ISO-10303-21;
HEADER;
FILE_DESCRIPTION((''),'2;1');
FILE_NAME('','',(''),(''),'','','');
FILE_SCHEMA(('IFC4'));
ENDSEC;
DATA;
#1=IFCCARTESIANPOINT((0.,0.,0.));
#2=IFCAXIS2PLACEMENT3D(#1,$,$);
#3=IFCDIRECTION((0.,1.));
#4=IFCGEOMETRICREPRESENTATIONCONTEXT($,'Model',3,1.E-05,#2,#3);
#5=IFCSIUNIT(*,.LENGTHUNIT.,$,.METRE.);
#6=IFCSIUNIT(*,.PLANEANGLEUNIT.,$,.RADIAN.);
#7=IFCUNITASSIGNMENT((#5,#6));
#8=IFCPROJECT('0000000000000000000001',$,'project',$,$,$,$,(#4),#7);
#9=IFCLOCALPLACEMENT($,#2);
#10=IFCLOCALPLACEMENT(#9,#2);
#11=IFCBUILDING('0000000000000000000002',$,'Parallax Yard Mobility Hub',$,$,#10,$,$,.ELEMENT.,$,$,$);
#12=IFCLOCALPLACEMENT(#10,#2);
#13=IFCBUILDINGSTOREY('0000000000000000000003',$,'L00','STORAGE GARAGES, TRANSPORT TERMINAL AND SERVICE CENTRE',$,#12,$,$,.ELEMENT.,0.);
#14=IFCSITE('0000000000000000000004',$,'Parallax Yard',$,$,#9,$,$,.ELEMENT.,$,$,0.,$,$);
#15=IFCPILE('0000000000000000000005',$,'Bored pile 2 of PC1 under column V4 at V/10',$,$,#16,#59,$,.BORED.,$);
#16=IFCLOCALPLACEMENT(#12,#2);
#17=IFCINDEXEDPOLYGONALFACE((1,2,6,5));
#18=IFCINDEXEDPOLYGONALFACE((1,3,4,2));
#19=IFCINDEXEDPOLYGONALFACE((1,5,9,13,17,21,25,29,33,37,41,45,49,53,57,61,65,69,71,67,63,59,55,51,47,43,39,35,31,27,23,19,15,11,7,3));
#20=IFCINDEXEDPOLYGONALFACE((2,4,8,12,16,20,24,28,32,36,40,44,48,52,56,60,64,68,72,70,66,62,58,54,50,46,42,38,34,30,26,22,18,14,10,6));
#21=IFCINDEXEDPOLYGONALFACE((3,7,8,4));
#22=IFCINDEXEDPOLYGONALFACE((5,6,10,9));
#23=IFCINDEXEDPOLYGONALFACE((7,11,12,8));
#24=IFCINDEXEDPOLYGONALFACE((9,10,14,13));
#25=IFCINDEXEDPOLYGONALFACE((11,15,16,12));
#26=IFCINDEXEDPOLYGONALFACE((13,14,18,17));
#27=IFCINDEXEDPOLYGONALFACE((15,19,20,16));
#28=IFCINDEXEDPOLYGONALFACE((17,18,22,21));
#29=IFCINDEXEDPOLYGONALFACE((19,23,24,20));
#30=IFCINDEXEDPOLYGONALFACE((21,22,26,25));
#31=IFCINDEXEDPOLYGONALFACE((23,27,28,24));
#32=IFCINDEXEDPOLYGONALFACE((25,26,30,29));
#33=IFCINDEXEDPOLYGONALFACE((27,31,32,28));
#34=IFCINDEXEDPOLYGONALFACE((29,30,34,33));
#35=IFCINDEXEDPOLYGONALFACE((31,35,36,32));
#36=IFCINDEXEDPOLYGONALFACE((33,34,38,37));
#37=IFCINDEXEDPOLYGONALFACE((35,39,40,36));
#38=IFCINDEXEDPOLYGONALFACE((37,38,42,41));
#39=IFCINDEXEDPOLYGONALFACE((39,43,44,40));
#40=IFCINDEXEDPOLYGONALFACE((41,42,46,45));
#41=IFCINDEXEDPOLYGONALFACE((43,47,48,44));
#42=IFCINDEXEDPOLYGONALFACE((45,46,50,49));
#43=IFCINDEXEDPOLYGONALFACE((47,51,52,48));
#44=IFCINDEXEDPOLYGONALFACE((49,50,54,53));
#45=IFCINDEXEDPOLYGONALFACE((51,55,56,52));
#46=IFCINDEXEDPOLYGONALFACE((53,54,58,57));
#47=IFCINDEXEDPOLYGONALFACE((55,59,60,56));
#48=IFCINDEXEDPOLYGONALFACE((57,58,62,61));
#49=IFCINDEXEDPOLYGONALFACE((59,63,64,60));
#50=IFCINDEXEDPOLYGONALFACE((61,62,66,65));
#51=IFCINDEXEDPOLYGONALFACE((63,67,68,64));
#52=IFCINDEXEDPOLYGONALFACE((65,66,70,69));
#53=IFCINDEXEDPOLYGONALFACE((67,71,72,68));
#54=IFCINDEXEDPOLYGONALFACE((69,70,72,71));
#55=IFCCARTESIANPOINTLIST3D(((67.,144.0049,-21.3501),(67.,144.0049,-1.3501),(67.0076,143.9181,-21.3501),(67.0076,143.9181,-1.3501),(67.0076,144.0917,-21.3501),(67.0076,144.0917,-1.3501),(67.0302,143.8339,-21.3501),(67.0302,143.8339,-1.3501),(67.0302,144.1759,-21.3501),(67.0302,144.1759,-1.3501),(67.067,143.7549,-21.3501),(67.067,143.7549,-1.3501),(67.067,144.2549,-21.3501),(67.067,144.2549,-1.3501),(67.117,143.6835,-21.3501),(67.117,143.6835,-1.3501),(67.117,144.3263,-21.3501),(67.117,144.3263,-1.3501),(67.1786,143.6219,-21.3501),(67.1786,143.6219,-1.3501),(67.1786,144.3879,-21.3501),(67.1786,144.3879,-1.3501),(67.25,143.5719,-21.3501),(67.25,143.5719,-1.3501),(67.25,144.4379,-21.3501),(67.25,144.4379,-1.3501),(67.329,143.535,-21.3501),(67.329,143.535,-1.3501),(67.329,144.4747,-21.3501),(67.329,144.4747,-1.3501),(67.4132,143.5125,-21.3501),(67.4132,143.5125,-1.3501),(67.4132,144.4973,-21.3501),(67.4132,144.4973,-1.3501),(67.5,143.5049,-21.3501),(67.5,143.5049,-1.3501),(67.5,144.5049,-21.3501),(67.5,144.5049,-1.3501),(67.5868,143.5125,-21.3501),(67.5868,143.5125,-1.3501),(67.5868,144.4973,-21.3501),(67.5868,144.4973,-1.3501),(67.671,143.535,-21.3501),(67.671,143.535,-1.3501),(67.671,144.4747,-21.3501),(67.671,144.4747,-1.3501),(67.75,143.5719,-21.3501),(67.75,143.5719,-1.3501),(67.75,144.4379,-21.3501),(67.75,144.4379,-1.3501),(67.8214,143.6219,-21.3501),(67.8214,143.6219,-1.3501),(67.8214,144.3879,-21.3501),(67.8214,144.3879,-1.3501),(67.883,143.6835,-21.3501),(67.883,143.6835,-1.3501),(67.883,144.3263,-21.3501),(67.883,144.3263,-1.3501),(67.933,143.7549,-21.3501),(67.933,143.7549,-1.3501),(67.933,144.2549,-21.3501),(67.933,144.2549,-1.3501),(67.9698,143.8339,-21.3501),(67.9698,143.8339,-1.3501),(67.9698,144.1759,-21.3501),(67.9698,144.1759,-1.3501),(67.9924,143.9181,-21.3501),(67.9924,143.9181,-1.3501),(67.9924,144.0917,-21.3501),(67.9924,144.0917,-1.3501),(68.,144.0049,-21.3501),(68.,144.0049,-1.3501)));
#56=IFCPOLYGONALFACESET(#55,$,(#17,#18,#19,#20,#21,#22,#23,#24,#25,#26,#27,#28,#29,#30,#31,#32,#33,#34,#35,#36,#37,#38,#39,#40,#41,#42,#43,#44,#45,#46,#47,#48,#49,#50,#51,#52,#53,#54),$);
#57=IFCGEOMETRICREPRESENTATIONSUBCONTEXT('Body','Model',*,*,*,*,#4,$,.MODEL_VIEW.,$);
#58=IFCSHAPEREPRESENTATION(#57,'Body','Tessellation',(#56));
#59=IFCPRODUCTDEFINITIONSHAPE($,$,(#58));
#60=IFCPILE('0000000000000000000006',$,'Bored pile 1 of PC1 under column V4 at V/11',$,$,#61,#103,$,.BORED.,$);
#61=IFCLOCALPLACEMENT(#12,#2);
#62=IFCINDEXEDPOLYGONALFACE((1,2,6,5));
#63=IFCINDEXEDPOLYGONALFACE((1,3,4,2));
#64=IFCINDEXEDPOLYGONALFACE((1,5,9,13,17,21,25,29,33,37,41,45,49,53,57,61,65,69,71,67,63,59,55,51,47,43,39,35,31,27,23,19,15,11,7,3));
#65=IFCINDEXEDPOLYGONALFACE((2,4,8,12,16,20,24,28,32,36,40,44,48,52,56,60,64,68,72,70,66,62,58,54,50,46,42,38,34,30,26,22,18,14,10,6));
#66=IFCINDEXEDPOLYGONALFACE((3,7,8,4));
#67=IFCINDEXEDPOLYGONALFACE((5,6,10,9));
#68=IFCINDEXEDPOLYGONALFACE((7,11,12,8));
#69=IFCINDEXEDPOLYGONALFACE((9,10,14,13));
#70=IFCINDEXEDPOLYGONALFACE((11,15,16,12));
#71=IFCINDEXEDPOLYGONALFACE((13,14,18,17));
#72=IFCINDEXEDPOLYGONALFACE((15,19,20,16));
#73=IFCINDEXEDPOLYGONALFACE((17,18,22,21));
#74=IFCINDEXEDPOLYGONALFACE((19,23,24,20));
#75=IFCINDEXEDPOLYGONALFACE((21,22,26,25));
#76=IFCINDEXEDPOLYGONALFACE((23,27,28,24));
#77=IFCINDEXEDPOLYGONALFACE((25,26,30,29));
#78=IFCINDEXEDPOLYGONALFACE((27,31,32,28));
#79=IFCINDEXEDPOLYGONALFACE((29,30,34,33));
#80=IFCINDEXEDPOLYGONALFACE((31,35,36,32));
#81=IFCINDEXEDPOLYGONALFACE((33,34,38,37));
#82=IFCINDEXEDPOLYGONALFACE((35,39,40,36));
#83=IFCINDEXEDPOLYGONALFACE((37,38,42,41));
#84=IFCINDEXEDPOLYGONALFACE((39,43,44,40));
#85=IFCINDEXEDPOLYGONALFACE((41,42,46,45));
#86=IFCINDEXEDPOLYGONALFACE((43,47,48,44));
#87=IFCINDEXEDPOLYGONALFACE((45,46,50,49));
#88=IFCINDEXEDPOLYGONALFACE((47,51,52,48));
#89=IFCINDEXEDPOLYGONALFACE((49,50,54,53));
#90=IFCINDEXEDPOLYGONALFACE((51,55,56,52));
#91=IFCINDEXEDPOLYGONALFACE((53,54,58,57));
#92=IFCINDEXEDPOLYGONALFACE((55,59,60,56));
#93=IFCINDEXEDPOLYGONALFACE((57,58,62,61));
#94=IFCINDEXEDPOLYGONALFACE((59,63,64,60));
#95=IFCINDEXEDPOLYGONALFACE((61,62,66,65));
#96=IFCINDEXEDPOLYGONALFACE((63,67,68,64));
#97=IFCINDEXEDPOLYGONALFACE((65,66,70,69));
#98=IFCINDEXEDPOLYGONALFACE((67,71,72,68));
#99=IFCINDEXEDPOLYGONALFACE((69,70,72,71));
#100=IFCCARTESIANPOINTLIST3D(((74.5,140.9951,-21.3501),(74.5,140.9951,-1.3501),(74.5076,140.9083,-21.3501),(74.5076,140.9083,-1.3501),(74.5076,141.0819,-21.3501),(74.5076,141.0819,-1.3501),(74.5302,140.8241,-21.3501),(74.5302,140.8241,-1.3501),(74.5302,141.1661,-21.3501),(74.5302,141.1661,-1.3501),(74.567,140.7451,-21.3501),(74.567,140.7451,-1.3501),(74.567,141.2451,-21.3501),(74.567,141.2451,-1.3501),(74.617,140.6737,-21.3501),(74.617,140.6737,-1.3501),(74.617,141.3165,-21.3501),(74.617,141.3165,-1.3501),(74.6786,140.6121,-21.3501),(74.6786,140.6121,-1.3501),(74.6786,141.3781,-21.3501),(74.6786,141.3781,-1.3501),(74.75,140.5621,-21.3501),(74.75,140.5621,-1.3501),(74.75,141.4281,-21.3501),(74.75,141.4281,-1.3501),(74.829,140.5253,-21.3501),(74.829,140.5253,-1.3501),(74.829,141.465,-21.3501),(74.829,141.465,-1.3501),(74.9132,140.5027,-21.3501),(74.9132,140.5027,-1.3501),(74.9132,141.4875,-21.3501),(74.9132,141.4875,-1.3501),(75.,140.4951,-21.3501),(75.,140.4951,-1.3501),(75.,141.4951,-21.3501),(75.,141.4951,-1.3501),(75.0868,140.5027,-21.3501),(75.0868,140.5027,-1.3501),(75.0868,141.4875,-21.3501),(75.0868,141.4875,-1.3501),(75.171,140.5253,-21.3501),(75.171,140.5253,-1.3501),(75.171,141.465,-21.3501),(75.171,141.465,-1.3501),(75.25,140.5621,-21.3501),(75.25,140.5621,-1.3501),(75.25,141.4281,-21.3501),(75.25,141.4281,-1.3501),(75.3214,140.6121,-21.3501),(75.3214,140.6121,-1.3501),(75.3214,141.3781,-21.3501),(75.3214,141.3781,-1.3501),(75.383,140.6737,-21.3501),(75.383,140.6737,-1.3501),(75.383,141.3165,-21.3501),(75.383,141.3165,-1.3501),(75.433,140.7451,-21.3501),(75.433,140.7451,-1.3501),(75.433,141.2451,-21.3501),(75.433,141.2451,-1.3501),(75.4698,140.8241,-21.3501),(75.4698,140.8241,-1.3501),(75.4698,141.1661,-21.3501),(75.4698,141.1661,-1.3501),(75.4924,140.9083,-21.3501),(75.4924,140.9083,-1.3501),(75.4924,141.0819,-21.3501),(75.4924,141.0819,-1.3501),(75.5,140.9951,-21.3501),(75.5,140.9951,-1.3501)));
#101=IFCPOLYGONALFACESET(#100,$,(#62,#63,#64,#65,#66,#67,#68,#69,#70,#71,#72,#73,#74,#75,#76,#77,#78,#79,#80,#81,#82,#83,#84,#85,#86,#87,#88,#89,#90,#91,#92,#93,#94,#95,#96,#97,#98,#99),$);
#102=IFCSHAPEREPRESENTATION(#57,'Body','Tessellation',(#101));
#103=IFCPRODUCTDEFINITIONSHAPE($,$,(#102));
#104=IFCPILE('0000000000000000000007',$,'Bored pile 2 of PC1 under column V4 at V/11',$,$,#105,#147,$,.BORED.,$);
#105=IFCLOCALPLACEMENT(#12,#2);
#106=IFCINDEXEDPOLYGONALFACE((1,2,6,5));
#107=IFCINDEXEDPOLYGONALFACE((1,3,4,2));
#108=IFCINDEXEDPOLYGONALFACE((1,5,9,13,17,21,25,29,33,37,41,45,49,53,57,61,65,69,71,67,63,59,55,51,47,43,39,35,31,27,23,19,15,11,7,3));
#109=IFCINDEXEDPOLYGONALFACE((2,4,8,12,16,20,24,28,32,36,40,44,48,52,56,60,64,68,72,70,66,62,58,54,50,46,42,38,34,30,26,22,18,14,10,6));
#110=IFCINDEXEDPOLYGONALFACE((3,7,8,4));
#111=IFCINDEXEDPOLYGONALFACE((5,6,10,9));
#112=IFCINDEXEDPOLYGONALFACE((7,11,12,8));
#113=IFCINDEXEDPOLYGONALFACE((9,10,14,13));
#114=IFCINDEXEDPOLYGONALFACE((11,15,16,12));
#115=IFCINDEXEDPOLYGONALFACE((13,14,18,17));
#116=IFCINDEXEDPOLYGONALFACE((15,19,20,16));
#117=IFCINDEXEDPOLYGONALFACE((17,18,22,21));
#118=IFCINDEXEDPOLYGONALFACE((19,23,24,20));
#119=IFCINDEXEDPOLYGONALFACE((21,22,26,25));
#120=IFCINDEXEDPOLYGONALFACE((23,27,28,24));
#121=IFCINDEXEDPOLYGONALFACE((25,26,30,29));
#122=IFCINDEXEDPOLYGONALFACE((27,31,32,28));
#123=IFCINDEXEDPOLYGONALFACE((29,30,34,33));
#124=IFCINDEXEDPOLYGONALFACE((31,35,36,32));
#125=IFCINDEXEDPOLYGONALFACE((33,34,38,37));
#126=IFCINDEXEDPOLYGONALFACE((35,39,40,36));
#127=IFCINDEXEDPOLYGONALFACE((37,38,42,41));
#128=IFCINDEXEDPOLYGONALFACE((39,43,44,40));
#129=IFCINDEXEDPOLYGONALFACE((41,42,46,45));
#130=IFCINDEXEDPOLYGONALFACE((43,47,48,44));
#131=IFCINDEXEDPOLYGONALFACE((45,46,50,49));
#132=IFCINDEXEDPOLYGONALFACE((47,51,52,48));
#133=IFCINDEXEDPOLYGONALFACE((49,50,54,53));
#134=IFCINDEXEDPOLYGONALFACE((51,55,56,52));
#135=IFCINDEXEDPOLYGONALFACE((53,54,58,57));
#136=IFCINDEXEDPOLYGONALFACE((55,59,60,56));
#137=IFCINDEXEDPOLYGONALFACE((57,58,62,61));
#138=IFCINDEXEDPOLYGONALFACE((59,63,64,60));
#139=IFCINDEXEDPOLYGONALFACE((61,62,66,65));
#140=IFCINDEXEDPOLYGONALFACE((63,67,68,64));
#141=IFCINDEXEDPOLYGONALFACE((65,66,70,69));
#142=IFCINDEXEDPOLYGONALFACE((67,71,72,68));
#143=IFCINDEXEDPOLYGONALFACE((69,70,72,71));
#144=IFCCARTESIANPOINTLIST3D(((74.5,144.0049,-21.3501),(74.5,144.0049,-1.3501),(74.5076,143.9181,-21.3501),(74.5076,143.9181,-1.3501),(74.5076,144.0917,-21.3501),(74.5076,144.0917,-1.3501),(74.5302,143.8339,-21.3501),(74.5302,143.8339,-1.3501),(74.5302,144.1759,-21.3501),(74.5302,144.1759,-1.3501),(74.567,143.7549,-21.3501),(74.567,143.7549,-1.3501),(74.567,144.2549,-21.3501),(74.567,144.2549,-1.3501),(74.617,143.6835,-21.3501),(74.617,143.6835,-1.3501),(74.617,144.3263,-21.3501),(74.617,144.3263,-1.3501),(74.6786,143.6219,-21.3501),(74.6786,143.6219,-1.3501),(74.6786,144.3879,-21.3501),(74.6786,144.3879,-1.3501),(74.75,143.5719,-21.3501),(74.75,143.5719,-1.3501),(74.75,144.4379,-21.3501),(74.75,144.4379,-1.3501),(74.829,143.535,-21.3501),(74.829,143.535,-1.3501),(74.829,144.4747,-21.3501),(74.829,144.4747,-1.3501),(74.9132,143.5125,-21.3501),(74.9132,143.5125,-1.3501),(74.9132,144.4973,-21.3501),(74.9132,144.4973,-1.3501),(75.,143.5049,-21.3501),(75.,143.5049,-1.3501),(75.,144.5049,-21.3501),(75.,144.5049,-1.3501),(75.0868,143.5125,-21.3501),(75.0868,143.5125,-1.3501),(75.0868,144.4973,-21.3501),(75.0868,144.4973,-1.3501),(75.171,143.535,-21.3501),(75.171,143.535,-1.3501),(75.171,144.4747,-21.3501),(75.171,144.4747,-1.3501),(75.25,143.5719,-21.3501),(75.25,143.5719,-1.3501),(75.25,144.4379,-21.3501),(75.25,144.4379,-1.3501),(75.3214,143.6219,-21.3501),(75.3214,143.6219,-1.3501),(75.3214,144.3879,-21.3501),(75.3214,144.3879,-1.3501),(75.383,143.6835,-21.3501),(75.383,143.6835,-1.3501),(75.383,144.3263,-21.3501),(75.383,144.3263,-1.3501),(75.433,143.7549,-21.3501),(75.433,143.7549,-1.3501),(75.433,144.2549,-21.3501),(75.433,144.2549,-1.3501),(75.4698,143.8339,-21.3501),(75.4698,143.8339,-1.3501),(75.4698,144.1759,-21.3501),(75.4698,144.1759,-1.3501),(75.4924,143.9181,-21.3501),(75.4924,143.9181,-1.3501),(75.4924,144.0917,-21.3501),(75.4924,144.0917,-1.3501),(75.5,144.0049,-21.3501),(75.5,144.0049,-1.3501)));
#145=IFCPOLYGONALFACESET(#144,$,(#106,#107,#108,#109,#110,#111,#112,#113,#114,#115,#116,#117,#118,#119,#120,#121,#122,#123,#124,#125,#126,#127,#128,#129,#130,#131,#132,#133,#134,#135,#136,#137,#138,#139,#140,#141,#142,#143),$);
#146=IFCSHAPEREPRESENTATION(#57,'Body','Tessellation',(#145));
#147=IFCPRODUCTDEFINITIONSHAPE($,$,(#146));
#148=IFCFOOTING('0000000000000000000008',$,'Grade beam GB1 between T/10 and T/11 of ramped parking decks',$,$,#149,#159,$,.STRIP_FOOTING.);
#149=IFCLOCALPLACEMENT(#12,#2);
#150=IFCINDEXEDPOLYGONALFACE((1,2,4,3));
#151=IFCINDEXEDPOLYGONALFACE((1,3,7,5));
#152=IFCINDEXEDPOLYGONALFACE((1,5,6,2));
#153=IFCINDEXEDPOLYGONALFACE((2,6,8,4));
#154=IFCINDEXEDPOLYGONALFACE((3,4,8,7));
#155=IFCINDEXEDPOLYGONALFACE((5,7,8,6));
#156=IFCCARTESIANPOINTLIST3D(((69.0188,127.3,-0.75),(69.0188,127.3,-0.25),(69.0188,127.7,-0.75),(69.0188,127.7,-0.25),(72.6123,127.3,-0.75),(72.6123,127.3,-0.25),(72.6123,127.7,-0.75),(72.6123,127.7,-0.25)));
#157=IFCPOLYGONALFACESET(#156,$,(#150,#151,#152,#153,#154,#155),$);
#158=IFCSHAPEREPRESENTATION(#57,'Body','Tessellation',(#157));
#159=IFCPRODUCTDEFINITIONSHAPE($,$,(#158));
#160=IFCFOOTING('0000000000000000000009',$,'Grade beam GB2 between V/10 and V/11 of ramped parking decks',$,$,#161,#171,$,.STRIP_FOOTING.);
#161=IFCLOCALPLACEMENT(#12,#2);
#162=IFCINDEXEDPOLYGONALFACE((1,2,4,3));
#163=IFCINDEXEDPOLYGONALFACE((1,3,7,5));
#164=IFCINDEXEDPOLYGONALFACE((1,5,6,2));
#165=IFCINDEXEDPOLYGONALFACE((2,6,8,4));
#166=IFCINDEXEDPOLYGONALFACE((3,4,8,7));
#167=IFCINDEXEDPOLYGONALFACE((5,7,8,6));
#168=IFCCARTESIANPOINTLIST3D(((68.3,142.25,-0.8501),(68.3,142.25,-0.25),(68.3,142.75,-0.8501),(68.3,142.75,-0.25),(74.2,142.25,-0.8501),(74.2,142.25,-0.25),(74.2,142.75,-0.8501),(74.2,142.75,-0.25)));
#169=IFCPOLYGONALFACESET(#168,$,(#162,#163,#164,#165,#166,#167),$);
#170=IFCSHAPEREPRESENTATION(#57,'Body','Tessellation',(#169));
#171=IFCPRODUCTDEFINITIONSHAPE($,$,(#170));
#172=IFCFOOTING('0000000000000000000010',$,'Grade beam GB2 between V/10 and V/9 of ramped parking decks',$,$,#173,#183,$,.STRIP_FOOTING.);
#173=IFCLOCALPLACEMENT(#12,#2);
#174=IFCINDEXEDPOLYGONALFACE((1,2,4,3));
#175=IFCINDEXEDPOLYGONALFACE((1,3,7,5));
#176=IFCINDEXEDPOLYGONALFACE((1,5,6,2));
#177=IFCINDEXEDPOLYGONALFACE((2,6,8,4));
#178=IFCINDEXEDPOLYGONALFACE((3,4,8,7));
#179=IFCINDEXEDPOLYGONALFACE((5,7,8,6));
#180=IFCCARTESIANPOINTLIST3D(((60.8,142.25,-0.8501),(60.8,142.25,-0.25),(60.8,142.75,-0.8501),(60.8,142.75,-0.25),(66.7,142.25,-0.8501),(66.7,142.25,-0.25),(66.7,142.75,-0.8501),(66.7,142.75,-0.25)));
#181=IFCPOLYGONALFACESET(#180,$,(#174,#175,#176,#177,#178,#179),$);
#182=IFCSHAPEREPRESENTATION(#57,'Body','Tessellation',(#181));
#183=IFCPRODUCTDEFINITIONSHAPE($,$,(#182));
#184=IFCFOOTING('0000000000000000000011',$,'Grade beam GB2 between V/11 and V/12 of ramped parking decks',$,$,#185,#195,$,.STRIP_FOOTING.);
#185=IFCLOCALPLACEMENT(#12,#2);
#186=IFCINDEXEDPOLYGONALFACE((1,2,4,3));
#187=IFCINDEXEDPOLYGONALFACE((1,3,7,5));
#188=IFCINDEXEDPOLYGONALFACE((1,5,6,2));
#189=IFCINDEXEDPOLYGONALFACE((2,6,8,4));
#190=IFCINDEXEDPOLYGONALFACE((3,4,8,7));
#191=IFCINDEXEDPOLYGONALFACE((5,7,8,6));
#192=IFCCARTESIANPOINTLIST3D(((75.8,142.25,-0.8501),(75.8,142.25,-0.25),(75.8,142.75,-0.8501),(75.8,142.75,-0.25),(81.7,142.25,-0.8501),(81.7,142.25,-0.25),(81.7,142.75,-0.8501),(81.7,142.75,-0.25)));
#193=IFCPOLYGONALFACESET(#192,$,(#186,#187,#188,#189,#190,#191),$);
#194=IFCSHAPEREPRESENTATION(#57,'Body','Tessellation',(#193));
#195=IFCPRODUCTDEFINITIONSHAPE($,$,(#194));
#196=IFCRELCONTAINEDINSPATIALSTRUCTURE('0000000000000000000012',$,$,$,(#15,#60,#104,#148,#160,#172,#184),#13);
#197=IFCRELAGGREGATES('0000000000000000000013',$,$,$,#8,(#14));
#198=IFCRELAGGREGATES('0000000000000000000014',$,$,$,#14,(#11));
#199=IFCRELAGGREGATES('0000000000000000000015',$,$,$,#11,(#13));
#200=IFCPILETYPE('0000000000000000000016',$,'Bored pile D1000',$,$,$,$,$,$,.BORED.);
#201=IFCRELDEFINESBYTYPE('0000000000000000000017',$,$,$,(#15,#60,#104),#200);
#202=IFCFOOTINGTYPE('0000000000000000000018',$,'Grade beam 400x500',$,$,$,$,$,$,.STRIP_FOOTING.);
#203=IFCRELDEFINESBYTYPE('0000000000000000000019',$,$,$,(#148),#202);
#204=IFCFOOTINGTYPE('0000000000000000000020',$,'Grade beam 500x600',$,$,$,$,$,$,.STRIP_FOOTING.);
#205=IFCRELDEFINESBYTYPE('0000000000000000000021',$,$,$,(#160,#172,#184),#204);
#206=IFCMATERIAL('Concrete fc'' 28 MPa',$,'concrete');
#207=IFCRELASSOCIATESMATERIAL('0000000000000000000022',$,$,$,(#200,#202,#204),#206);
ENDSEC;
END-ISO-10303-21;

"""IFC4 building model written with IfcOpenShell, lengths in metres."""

from ifc_helpers import new_model, si_unit, direction, frame, origin, origin_2d, place, context, subcontext, project, spatial, rectangle, circle, extrude, material, material_profile, profile_set, type_object, element, save


model = new_model("IFC4")

# Units and contexts
model_context = context("Model", 3, precision=1e-05, world=origin(), true_north=direction((0.0, 1.0)))
body_context = subcontext(model_context, "Body", "Model", "MODEL_VIEW")
ifc_project = project(units=[si_unit("LENGTHUNIT", "METRE"), si_unit("PLANEANGLEUNIT", "RADIAN")], contexts=[model_context])

# Site, building, storey
site_placement = place(None, origin())
site = spatial("IfcSite", under=ifc_project, at=site_placement, Name="Parallax Yard", CompositionType="ELEMENT", RefElevation=0.0)
building_placement = place(site_placement, origin())
building = spatial("IfcBuilding", under=site, at=building_placement, Name="Parallax Yard Mobility Hub", CompositionType="ELEMENT")
storey_placement = place(building_placement, origin())
storey = spatial("IfcBuildingStorey", under=building, at=storey_placement, Name="L00", Description="STORAGE GARAGES, TRANSPORT TERMINAL AND SERVICE CENTRE", CompositionType="ELEMENT", Elevation=0.0)

# Piles
ifc_material_1 = material(Name="Concrete fc' 28 MPa", Category="concrete")
ifc_material_profile_1 = material_profile(ifc_material_1, circle(Radius=0.5, at=origin_2d()), Name="Bored pile D1000")
ifc_profile_set_1 = profile_set([ifc_material_profile_1], Name="Concrete fc' 28 MPa")
pile_type = type_object("IfcPileType", Name="Bored pile D1000", PredefinedType="BORED", material=ifc_profile_set_1)
for number, where, z_axis, x_axis, name in (
    (1, (67.5, 144.0049, -1.3501), (0.0, 0.0, -1.0), (1.0, 0.0, 0.0), "Bored pile 2 of PC1 under column V4 at V/10"),
    (2, (75.0, 140.9951, -1.3501), (0.0, 0.0, -1.0), (1.0, 0.0, 0.0), "Bored pile 1 of PC1 under column V4 at V/11"),
    (3, (75.0, 144.0049, -1.3501), (0.0, 0.0, -1.0), (1.0, 0.0, 0.0), "Bored pile 2 of PC1 under column V4 at V/11"),
):
    element("IfcPile", number, at=place(storey_placement, frame(where, z_axis=z_axis, x_axis=x_axis)), inside=storey, type_object=pile_type, Name=name, PredefinedType="BORED", context=body_context, shape_type="SweptSolid", body=[
        extrude(circle(Radius=0.5, at=origin_2d()), origin(), (0.0, 0.0, 1.0), 20.0),
    ])

# Footings
ifc_material_profile_2 = material_profile(ifc_material_1, rectangle(XDim=0.3999, YDim=0.5, at=origin_2d()), Name="Grade beam 400x500")
ifc_profile_set_2 = profile_set([ifc_material_profile_2], Name="Concrete fc' 28 MPa")
footing_type_1 = type_object("IfcFootingType", Name="Grade beam 400x500", PredefinedType="STRIP_FOOTING", material=ifc_profile_set_2)
footing_placement = place(storey_placement, frame((69.0188, 127.5, -0.5), z_axis=(1.0, 0.0, 0.0), x_axis=(0.0, 1.0, 0.0)))
element("IfcFooting", 4, at=footing_placement, inside=storey, type_object=footing_type_1, Name="Grade beam GB1 between T/10 and T/11 of ramped parking decks", PredefinedType="STRIP_FOOTING", context=body_context, shape_type="SweptSolid", body=[
    extrude(rectangle(XDim=0.3999, YDim=0.5, at=origin_2d()), origin(), (0.0, 0.0, 1.0), 3.5935),
])
ifc_material_profile_3 = material_profile(ifc_material_1, rectangle(XDim=0.5, YDim=0.6001, at=origin_2d()), Name="Grade beam 500x600")
ifc_profile_set_3 = profile_set([ifc_material_profile_3], Name="Concrete fc' 28 MPa")
footing_type_2 = type_object("IfcFootingType", Name="Grade beam 500x600", PredefinedType="STRIP_FOOTING", material=ifc_profile_set_3)
for number, where, z_axis, x_axis, name in (
    (5, (68.3, 142.5, -0.55), (1.0, 0.0, 0.0), (0.0, 1.0, 0.0), "Grade beam GB2 between V/10 and V/11 of ramped parking decks"),
    (6, (66.7, 142.5, -0.55), (-1.0, 0.0, 0.0), (0.0, -1.0, 0.0), "Grade beam GB2 between V/10 and V/9 of ramped parking decks"),
    (7, (75.8, 142.5, -0.55), (1.0, 0.0, 0.0), (0.0, 1.0, 0.0), "Grade beam GB2 between V/11 and V/12 of ramped parking decks"),
):
    element("IfcFooting", number, at=place(storey_placement, frame(where, z_axis=z_axis, x_axis=x_axis)), inside=storey, type_object=footing_type_2, Name=name, PredefinedType="STRIP_FOOTING", context=body_context, shape_type="SweptSolid", body=[
        extrude(rectangle(XDim=0.5, YDim=0.6001, at=origin_2d()), origin(), (0.0, 0.0, 1.0), 5.8999),
    ])

save(model, "model.ifc")
